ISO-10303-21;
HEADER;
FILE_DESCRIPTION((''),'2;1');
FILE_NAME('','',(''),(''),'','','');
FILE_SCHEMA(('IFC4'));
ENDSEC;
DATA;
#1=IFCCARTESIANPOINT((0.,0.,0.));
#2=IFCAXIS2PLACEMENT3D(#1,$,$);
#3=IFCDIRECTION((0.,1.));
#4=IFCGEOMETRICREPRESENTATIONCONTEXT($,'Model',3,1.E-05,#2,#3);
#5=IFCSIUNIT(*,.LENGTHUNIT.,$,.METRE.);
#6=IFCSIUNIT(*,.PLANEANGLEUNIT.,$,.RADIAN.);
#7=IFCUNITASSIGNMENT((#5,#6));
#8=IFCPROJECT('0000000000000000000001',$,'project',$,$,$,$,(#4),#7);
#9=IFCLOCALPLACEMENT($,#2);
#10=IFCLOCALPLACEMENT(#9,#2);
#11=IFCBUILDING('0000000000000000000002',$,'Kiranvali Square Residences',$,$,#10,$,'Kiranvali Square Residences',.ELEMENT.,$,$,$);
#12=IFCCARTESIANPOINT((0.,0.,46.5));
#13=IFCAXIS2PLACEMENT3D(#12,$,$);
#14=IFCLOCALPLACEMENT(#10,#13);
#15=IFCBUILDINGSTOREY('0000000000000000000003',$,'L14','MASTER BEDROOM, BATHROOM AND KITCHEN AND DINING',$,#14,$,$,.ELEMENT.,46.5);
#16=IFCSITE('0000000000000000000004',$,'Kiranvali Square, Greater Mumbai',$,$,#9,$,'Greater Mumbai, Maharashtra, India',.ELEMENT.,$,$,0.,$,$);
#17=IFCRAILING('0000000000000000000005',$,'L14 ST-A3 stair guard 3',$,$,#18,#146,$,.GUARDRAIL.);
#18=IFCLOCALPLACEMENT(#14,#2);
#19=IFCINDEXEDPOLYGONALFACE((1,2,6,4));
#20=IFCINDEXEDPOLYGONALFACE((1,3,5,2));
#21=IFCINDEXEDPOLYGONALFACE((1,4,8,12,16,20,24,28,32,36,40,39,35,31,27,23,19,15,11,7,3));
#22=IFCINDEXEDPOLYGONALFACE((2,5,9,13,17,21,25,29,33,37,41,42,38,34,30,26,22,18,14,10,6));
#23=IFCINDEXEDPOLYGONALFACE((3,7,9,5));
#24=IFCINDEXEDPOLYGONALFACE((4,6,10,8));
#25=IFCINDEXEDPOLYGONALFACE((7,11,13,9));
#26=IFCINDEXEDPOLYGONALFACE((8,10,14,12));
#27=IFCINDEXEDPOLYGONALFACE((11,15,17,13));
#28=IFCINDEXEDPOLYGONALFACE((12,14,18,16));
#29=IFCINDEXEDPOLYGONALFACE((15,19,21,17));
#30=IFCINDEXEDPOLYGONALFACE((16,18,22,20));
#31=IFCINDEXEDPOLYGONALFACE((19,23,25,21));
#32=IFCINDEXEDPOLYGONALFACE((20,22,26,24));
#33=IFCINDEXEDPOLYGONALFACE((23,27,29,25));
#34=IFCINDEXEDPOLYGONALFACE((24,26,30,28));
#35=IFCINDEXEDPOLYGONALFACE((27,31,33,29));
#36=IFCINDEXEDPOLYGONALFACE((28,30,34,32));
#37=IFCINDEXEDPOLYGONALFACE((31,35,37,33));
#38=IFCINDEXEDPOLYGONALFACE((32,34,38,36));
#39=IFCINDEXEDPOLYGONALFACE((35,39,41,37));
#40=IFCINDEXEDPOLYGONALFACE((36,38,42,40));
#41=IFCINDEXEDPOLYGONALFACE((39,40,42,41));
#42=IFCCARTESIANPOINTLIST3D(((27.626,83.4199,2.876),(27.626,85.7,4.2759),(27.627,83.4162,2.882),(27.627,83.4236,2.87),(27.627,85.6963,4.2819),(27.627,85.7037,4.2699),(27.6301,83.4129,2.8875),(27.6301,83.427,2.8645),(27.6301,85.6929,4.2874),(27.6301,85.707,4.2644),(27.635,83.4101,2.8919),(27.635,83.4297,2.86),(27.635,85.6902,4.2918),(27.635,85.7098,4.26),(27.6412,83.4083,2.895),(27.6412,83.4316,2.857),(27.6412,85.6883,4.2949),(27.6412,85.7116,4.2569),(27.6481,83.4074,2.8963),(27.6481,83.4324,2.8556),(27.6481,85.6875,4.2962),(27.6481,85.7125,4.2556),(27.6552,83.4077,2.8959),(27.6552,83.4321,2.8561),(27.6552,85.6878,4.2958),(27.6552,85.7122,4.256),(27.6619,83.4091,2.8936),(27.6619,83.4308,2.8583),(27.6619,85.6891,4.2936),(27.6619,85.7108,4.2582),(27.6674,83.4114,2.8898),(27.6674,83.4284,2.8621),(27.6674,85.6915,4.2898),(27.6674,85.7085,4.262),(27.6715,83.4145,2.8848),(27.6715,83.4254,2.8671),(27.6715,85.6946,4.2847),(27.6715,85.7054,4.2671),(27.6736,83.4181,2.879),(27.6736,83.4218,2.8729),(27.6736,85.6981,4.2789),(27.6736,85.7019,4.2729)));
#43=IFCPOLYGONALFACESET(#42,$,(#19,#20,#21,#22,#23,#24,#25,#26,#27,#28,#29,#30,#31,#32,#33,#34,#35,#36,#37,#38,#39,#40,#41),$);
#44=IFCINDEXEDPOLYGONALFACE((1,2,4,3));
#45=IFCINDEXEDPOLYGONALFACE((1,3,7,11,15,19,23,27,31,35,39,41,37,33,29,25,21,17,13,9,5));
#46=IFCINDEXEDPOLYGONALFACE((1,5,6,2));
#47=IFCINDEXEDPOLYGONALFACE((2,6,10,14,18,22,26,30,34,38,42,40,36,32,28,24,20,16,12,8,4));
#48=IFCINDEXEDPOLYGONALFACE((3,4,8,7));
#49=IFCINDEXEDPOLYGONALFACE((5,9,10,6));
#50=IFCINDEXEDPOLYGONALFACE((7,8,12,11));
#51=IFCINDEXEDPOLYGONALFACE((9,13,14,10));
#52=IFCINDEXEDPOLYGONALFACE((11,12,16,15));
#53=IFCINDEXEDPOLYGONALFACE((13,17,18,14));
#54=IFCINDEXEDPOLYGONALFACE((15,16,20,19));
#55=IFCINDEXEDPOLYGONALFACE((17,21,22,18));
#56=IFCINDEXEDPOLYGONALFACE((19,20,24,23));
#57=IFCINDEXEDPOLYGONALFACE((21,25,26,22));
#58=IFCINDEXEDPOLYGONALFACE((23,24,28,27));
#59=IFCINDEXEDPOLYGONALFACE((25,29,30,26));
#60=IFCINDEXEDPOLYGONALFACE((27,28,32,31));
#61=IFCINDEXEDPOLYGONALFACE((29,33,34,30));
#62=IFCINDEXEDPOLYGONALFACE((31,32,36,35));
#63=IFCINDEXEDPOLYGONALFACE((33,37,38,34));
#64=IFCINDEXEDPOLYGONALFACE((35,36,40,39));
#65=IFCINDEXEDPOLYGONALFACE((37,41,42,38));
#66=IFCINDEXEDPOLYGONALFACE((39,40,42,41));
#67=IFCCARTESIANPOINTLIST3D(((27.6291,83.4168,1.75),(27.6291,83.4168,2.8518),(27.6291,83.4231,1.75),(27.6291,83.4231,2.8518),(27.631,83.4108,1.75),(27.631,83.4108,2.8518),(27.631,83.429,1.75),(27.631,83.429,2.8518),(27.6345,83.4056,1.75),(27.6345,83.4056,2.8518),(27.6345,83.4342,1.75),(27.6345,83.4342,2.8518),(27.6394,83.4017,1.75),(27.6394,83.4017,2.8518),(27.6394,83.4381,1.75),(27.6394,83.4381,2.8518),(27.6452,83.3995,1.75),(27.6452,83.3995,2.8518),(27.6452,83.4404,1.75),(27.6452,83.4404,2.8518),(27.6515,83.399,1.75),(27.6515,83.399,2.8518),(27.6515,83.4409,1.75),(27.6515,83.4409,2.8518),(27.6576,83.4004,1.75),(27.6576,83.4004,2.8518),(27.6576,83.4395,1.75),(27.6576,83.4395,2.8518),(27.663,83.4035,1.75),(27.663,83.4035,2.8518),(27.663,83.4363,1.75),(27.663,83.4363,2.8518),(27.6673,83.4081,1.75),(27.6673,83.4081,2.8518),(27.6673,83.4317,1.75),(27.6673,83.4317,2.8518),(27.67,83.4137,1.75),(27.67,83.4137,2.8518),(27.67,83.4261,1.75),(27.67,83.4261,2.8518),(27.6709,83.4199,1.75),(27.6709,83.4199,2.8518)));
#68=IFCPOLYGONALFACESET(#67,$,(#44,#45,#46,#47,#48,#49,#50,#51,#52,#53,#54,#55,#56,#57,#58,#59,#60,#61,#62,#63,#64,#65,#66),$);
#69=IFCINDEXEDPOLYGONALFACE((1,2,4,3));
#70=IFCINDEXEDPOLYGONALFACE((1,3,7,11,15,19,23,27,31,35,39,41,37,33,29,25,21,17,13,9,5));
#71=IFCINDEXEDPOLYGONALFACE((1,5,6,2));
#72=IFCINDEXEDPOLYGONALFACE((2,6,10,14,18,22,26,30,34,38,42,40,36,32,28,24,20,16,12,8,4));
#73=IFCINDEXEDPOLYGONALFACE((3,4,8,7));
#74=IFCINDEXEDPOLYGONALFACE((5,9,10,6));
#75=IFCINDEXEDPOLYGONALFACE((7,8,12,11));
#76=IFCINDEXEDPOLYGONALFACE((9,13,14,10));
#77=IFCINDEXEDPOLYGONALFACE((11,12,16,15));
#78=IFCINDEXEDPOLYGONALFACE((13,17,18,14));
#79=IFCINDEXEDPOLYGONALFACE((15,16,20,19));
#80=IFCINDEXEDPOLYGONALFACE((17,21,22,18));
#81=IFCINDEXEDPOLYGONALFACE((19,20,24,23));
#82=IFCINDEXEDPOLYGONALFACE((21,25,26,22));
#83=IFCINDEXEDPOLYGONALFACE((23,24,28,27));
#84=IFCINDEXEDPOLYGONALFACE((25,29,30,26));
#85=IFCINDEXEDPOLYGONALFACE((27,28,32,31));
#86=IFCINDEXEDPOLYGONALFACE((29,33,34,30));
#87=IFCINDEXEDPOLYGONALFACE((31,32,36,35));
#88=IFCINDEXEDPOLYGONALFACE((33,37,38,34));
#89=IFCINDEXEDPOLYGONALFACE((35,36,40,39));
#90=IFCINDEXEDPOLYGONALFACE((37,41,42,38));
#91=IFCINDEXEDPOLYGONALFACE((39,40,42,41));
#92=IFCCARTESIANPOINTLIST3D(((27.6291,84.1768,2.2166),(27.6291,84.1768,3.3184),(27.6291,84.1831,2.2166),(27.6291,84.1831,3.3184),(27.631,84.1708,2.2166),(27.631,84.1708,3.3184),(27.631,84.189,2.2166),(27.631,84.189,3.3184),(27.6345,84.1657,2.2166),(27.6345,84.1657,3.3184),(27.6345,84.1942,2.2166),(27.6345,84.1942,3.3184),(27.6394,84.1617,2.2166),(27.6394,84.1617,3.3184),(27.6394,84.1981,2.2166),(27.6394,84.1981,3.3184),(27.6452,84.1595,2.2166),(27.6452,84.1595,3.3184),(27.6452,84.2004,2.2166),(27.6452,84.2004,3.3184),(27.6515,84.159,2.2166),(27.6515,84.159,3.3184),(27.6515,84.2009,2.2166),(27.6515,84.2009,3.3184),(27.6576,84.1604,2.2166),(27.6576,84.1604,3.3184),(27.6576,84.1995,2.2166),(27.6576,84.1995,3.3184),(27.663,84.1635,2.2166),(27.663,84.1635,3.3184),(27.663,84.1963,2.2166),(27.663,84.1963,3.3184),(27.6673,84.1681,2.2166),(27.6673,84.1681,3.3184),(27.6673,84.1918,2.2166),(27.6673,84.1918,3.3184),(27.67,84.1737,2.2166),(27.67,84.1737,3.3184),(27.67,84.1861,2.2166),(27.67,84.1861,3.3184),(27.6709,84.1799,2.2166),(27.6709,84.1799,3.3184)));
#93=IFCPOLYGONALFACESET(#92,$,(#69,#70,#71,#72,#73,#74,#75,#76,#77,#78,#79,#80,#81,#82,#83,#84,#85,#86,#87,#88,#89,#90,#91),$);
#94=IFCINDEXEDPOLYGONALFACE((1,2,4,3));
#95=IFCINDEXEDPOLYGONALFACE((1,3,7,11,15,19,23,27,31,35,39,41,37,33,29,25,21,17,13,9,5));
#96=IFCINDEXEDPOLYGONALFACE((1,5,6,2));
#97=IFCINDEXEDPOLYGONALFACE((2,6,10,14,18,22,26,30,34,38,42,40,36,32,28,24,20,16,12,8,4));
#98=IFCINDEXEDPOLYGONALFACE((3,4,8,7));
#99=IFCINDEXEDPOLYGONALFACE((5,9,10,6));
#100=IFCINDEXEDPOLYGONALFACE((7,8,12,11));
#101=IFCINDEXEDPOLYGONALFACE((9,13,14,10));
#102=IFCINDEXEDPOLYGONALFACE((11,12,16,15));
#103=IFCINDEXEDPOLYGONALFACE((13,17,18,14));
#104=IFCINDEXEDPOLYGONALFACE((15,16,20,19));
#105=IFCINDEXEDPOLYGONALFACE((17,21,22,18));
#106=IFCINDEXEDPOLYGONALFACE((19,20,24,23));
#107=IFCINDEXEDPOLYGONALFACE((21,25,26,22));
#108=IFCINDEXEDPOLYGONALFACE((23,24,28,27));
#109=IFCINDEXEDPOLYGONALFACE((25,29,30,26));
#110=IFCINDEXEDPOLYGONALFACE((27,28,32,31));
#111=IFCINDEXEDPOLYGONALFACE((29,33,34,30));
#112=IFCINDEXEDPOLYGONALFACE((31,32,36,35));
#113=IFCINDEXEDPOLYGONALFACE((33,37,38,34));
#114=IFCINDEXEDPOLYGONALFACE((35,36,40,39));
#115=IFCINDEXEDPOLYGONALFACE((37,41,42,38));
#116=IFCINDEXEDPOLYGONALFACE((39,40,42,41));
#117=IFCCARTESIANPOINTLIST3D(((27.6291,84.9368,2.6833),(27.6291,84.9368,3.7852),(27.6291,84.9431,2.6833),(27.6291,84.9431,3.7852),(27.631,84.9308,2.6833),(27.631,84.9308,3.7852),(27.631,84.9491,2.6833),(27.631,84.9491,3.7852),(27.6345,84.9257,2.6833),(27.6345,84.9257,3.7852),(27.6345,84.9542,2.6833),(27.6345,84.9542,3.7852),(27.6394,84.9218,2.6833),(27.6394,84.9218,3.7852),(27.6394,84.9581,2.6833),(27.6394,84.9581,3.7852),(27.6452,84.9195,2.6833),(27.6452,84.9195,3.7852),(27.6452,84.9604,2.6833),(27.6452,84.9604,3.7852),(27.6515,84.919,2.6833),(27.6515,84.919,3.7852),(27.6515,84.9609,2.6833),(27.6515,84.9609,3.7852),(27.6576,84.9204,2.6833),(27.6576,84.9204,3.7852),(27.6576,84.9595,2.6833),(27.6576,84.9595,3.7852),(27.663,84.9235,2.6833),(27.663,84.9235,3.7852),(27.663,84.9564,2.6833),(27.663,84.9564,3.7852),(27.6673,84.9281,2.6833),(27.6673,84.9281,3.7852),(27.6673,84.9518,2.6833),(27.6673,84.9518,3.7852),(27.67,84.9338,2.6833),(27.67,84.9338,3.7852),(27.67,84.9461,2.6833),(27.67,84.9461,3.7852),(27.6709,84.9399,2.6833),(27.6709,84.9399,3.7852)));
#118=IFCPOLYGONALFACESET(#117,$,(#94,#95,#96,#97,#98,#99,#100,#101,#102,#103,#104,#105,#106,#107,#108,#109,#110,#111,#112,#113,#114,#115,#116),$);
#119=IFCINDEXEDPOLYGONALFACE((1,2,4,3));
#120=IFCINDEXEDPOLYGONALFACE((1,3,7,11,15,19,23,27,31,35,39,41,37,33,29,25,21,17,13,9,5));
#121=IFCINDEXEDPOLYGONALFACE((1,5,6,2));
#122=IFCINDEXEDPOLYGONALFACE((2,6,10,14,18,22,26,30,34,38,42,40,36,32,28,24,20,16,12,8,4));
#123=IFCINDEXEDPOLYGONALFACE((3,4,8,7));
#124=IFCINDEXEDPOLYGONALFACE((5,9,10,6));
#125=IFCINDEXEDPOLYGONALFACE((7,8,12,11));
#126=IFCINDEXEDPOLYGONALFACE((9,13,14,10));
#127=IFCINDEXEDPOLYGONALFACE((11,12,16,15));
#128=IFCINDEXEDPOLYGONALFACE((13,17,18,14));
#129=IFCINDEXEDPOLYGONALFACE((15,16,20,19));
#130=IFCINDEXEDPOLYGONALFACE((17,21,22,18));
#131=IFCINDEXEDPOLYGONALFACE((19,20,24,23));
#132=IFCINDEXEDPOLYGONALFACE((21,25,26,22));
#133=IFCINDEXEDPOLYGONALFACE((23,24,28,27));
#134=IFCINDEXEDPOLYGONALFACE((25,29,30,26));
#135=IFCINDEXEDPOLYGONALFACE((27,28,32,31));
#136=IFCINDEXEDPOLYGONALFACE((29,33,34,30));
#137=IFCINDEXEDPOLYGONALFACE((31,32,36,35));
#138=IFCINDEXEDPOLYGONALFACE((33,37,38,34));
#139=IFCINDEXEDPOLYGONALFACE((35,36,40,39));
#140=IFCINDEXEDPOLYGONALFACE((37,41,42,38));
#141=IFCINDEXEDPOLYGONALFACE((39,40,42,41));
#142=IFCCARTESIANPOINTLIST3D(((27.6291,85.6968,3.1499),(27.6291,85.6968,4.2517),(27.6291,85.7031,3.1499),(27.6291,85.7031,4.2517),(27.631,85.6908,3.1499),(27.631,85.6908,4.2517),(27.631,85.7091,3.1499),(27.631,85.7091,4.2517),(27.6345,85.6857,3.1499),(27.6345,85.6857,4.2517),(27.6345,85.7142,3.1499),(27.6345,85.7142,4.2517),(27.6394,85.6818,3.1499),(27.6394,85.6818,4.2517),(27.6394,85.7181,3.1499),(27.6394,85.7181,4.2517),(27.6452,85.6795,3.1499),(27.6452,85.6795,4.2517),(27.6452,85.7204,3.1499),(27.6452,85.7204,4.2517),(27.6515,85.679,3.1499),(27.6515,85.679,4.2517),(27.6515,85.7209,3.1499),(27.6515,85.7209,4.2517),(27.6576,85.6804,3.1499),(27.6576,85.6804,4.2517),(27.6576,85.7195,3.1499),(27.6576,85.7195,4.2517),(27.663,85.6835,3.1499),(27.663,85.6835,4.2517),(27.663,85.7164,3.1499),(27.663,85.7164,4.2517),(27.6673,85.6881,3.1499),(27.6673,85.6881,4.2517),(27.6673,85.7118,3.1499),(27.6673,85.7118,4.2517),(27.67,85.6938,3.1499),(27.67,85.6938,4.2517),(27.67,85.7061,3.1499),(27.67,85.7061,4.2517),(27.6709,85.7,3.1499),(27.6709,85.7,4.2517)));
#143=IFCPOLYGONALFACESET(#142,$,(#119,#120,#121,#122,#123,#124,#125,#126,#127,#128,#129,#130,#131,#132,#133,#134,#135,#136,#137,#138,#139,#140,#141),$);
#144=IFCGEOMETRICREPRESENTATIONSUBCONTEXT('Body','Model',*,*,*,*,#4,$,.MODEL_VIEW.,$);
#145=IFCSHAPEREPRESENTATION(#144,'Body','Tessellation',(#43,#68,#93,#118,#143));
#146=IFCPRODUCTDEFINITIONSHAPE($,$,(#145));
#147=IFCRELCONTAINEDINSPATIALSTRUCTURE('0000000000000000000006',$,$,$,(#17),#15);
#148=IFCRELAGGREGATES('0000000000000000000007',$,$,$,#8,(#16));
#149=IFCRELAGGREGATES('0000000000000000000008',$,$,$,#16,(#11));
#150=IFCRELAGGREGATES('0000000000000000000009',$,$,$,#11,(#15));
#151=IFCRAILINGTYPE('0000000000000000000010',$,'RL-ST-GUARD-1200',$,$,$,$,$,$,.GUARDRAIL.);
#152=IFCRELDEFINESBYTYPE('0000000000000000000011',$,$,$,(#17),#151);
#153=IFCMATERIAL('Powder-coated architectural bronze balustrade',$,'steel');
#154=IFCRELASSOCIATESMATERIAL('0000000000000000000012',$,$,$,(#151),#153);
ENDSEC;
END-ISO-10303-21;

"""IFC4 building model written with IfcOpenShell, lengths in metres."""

from ifc_helpers import new_model, si_unit, direction, frame, origin, origin_2d, place, context, subcontext, project, spatial, circle, extrude, material, type_object, element, save


model = new_model("IFC4")

# Units and contexts
model_context = context("Model", 3, precision=1e-05, world=origin(), true_north=direction((0.0, 1.0)))
body_context = subcontext(model_context, "Body", "Model", "MODEL_VIEW")
ifc_project = project(units=[si_unit("LENGTHUNIT", "METRE"), si_unit("PLANEANGLEUNIT", "RADIAN")], contexts=[model_context])

# Site, building, storey
site_placement = place(None, origin())
site = spatial("IfcSite", under=ifc_project, at=site_placement, Name="Kiranvali Square, Greater Mumbai", LongName="Greater Mumbai, Maharashtra, India", CompositionType="ELEMENT", RefElevation=0.0)
building_placement = place(site_placement, origin())
building = spatial("IfcBuilding", under=site, at=building_placement, Name="Kiranvali Square Residences", LongName="Kiranvali Square Residences", CompositionType="ELEMENT")
storey_placement = place(building_placement, frame((0.0, 0.0, 46.5)))
storey = spatial("IfcBuildingStorey", under=building, at=storey_placement, Name="L14", Description="MASTER BEDROOM, BATHROOM AND KITCHEN AND DINING", CompositionType="ELEMENT", Elevation=46.5)

# Railing
ifc_material_1 = material(Name="Powder-coated architectural bronze balustrade", Category="steel")
railing_type_1 = type_object("IfcRailingType", Name="RL-ST-GUARD-1200", PredefinedType="GUARDRAIL", material=ifc_material_1)
railing_1_placement = place(storey_placement, frame((27.6499, 83.4199, 1.75)))
element("IfcRailing", 1, at=railing_1_placement, inside=storey, type_object=railing_type_1, Name="L14 ST-A3 stair guard 3", PredefinedType="GUARDRAIL", context=body_context, shape_type="SweptSolid", body=[
    extrude(circle(Radius=0.0239, at=origin_2d()), frame((0.0, 0.0, 1.126), z_axis=(0.0, 0.85219, 0.523232), x_axis=(-1.0, 0.0, 0.0)), (0.0, 0.0, 1.0), 2.6755),
    extrude(circle(Radius=0.021, at=origin_2d()), origin(), (0.0, 0.0, 1.0), 1.1018),
    extrude(circle(Radius=0.021, at=origin_2d()), frame((0.0, 0.76, 0.4666)), (0.0, 0.0, 1.0), 1.1018),
    extrude(circle(Radius=0.021, at=origin_2d()), frame((0.0, 1.52, 0.9333)), (0.0, 0.0, 1.0), 1.1018),
    extrude(circle(Radius=0.021, at=origin_2d()), frame((0.0, 2.28, 1.3999)), (0.0, 0.0, 1.0), 1.1018),
])

save(model, "model.ifc")
